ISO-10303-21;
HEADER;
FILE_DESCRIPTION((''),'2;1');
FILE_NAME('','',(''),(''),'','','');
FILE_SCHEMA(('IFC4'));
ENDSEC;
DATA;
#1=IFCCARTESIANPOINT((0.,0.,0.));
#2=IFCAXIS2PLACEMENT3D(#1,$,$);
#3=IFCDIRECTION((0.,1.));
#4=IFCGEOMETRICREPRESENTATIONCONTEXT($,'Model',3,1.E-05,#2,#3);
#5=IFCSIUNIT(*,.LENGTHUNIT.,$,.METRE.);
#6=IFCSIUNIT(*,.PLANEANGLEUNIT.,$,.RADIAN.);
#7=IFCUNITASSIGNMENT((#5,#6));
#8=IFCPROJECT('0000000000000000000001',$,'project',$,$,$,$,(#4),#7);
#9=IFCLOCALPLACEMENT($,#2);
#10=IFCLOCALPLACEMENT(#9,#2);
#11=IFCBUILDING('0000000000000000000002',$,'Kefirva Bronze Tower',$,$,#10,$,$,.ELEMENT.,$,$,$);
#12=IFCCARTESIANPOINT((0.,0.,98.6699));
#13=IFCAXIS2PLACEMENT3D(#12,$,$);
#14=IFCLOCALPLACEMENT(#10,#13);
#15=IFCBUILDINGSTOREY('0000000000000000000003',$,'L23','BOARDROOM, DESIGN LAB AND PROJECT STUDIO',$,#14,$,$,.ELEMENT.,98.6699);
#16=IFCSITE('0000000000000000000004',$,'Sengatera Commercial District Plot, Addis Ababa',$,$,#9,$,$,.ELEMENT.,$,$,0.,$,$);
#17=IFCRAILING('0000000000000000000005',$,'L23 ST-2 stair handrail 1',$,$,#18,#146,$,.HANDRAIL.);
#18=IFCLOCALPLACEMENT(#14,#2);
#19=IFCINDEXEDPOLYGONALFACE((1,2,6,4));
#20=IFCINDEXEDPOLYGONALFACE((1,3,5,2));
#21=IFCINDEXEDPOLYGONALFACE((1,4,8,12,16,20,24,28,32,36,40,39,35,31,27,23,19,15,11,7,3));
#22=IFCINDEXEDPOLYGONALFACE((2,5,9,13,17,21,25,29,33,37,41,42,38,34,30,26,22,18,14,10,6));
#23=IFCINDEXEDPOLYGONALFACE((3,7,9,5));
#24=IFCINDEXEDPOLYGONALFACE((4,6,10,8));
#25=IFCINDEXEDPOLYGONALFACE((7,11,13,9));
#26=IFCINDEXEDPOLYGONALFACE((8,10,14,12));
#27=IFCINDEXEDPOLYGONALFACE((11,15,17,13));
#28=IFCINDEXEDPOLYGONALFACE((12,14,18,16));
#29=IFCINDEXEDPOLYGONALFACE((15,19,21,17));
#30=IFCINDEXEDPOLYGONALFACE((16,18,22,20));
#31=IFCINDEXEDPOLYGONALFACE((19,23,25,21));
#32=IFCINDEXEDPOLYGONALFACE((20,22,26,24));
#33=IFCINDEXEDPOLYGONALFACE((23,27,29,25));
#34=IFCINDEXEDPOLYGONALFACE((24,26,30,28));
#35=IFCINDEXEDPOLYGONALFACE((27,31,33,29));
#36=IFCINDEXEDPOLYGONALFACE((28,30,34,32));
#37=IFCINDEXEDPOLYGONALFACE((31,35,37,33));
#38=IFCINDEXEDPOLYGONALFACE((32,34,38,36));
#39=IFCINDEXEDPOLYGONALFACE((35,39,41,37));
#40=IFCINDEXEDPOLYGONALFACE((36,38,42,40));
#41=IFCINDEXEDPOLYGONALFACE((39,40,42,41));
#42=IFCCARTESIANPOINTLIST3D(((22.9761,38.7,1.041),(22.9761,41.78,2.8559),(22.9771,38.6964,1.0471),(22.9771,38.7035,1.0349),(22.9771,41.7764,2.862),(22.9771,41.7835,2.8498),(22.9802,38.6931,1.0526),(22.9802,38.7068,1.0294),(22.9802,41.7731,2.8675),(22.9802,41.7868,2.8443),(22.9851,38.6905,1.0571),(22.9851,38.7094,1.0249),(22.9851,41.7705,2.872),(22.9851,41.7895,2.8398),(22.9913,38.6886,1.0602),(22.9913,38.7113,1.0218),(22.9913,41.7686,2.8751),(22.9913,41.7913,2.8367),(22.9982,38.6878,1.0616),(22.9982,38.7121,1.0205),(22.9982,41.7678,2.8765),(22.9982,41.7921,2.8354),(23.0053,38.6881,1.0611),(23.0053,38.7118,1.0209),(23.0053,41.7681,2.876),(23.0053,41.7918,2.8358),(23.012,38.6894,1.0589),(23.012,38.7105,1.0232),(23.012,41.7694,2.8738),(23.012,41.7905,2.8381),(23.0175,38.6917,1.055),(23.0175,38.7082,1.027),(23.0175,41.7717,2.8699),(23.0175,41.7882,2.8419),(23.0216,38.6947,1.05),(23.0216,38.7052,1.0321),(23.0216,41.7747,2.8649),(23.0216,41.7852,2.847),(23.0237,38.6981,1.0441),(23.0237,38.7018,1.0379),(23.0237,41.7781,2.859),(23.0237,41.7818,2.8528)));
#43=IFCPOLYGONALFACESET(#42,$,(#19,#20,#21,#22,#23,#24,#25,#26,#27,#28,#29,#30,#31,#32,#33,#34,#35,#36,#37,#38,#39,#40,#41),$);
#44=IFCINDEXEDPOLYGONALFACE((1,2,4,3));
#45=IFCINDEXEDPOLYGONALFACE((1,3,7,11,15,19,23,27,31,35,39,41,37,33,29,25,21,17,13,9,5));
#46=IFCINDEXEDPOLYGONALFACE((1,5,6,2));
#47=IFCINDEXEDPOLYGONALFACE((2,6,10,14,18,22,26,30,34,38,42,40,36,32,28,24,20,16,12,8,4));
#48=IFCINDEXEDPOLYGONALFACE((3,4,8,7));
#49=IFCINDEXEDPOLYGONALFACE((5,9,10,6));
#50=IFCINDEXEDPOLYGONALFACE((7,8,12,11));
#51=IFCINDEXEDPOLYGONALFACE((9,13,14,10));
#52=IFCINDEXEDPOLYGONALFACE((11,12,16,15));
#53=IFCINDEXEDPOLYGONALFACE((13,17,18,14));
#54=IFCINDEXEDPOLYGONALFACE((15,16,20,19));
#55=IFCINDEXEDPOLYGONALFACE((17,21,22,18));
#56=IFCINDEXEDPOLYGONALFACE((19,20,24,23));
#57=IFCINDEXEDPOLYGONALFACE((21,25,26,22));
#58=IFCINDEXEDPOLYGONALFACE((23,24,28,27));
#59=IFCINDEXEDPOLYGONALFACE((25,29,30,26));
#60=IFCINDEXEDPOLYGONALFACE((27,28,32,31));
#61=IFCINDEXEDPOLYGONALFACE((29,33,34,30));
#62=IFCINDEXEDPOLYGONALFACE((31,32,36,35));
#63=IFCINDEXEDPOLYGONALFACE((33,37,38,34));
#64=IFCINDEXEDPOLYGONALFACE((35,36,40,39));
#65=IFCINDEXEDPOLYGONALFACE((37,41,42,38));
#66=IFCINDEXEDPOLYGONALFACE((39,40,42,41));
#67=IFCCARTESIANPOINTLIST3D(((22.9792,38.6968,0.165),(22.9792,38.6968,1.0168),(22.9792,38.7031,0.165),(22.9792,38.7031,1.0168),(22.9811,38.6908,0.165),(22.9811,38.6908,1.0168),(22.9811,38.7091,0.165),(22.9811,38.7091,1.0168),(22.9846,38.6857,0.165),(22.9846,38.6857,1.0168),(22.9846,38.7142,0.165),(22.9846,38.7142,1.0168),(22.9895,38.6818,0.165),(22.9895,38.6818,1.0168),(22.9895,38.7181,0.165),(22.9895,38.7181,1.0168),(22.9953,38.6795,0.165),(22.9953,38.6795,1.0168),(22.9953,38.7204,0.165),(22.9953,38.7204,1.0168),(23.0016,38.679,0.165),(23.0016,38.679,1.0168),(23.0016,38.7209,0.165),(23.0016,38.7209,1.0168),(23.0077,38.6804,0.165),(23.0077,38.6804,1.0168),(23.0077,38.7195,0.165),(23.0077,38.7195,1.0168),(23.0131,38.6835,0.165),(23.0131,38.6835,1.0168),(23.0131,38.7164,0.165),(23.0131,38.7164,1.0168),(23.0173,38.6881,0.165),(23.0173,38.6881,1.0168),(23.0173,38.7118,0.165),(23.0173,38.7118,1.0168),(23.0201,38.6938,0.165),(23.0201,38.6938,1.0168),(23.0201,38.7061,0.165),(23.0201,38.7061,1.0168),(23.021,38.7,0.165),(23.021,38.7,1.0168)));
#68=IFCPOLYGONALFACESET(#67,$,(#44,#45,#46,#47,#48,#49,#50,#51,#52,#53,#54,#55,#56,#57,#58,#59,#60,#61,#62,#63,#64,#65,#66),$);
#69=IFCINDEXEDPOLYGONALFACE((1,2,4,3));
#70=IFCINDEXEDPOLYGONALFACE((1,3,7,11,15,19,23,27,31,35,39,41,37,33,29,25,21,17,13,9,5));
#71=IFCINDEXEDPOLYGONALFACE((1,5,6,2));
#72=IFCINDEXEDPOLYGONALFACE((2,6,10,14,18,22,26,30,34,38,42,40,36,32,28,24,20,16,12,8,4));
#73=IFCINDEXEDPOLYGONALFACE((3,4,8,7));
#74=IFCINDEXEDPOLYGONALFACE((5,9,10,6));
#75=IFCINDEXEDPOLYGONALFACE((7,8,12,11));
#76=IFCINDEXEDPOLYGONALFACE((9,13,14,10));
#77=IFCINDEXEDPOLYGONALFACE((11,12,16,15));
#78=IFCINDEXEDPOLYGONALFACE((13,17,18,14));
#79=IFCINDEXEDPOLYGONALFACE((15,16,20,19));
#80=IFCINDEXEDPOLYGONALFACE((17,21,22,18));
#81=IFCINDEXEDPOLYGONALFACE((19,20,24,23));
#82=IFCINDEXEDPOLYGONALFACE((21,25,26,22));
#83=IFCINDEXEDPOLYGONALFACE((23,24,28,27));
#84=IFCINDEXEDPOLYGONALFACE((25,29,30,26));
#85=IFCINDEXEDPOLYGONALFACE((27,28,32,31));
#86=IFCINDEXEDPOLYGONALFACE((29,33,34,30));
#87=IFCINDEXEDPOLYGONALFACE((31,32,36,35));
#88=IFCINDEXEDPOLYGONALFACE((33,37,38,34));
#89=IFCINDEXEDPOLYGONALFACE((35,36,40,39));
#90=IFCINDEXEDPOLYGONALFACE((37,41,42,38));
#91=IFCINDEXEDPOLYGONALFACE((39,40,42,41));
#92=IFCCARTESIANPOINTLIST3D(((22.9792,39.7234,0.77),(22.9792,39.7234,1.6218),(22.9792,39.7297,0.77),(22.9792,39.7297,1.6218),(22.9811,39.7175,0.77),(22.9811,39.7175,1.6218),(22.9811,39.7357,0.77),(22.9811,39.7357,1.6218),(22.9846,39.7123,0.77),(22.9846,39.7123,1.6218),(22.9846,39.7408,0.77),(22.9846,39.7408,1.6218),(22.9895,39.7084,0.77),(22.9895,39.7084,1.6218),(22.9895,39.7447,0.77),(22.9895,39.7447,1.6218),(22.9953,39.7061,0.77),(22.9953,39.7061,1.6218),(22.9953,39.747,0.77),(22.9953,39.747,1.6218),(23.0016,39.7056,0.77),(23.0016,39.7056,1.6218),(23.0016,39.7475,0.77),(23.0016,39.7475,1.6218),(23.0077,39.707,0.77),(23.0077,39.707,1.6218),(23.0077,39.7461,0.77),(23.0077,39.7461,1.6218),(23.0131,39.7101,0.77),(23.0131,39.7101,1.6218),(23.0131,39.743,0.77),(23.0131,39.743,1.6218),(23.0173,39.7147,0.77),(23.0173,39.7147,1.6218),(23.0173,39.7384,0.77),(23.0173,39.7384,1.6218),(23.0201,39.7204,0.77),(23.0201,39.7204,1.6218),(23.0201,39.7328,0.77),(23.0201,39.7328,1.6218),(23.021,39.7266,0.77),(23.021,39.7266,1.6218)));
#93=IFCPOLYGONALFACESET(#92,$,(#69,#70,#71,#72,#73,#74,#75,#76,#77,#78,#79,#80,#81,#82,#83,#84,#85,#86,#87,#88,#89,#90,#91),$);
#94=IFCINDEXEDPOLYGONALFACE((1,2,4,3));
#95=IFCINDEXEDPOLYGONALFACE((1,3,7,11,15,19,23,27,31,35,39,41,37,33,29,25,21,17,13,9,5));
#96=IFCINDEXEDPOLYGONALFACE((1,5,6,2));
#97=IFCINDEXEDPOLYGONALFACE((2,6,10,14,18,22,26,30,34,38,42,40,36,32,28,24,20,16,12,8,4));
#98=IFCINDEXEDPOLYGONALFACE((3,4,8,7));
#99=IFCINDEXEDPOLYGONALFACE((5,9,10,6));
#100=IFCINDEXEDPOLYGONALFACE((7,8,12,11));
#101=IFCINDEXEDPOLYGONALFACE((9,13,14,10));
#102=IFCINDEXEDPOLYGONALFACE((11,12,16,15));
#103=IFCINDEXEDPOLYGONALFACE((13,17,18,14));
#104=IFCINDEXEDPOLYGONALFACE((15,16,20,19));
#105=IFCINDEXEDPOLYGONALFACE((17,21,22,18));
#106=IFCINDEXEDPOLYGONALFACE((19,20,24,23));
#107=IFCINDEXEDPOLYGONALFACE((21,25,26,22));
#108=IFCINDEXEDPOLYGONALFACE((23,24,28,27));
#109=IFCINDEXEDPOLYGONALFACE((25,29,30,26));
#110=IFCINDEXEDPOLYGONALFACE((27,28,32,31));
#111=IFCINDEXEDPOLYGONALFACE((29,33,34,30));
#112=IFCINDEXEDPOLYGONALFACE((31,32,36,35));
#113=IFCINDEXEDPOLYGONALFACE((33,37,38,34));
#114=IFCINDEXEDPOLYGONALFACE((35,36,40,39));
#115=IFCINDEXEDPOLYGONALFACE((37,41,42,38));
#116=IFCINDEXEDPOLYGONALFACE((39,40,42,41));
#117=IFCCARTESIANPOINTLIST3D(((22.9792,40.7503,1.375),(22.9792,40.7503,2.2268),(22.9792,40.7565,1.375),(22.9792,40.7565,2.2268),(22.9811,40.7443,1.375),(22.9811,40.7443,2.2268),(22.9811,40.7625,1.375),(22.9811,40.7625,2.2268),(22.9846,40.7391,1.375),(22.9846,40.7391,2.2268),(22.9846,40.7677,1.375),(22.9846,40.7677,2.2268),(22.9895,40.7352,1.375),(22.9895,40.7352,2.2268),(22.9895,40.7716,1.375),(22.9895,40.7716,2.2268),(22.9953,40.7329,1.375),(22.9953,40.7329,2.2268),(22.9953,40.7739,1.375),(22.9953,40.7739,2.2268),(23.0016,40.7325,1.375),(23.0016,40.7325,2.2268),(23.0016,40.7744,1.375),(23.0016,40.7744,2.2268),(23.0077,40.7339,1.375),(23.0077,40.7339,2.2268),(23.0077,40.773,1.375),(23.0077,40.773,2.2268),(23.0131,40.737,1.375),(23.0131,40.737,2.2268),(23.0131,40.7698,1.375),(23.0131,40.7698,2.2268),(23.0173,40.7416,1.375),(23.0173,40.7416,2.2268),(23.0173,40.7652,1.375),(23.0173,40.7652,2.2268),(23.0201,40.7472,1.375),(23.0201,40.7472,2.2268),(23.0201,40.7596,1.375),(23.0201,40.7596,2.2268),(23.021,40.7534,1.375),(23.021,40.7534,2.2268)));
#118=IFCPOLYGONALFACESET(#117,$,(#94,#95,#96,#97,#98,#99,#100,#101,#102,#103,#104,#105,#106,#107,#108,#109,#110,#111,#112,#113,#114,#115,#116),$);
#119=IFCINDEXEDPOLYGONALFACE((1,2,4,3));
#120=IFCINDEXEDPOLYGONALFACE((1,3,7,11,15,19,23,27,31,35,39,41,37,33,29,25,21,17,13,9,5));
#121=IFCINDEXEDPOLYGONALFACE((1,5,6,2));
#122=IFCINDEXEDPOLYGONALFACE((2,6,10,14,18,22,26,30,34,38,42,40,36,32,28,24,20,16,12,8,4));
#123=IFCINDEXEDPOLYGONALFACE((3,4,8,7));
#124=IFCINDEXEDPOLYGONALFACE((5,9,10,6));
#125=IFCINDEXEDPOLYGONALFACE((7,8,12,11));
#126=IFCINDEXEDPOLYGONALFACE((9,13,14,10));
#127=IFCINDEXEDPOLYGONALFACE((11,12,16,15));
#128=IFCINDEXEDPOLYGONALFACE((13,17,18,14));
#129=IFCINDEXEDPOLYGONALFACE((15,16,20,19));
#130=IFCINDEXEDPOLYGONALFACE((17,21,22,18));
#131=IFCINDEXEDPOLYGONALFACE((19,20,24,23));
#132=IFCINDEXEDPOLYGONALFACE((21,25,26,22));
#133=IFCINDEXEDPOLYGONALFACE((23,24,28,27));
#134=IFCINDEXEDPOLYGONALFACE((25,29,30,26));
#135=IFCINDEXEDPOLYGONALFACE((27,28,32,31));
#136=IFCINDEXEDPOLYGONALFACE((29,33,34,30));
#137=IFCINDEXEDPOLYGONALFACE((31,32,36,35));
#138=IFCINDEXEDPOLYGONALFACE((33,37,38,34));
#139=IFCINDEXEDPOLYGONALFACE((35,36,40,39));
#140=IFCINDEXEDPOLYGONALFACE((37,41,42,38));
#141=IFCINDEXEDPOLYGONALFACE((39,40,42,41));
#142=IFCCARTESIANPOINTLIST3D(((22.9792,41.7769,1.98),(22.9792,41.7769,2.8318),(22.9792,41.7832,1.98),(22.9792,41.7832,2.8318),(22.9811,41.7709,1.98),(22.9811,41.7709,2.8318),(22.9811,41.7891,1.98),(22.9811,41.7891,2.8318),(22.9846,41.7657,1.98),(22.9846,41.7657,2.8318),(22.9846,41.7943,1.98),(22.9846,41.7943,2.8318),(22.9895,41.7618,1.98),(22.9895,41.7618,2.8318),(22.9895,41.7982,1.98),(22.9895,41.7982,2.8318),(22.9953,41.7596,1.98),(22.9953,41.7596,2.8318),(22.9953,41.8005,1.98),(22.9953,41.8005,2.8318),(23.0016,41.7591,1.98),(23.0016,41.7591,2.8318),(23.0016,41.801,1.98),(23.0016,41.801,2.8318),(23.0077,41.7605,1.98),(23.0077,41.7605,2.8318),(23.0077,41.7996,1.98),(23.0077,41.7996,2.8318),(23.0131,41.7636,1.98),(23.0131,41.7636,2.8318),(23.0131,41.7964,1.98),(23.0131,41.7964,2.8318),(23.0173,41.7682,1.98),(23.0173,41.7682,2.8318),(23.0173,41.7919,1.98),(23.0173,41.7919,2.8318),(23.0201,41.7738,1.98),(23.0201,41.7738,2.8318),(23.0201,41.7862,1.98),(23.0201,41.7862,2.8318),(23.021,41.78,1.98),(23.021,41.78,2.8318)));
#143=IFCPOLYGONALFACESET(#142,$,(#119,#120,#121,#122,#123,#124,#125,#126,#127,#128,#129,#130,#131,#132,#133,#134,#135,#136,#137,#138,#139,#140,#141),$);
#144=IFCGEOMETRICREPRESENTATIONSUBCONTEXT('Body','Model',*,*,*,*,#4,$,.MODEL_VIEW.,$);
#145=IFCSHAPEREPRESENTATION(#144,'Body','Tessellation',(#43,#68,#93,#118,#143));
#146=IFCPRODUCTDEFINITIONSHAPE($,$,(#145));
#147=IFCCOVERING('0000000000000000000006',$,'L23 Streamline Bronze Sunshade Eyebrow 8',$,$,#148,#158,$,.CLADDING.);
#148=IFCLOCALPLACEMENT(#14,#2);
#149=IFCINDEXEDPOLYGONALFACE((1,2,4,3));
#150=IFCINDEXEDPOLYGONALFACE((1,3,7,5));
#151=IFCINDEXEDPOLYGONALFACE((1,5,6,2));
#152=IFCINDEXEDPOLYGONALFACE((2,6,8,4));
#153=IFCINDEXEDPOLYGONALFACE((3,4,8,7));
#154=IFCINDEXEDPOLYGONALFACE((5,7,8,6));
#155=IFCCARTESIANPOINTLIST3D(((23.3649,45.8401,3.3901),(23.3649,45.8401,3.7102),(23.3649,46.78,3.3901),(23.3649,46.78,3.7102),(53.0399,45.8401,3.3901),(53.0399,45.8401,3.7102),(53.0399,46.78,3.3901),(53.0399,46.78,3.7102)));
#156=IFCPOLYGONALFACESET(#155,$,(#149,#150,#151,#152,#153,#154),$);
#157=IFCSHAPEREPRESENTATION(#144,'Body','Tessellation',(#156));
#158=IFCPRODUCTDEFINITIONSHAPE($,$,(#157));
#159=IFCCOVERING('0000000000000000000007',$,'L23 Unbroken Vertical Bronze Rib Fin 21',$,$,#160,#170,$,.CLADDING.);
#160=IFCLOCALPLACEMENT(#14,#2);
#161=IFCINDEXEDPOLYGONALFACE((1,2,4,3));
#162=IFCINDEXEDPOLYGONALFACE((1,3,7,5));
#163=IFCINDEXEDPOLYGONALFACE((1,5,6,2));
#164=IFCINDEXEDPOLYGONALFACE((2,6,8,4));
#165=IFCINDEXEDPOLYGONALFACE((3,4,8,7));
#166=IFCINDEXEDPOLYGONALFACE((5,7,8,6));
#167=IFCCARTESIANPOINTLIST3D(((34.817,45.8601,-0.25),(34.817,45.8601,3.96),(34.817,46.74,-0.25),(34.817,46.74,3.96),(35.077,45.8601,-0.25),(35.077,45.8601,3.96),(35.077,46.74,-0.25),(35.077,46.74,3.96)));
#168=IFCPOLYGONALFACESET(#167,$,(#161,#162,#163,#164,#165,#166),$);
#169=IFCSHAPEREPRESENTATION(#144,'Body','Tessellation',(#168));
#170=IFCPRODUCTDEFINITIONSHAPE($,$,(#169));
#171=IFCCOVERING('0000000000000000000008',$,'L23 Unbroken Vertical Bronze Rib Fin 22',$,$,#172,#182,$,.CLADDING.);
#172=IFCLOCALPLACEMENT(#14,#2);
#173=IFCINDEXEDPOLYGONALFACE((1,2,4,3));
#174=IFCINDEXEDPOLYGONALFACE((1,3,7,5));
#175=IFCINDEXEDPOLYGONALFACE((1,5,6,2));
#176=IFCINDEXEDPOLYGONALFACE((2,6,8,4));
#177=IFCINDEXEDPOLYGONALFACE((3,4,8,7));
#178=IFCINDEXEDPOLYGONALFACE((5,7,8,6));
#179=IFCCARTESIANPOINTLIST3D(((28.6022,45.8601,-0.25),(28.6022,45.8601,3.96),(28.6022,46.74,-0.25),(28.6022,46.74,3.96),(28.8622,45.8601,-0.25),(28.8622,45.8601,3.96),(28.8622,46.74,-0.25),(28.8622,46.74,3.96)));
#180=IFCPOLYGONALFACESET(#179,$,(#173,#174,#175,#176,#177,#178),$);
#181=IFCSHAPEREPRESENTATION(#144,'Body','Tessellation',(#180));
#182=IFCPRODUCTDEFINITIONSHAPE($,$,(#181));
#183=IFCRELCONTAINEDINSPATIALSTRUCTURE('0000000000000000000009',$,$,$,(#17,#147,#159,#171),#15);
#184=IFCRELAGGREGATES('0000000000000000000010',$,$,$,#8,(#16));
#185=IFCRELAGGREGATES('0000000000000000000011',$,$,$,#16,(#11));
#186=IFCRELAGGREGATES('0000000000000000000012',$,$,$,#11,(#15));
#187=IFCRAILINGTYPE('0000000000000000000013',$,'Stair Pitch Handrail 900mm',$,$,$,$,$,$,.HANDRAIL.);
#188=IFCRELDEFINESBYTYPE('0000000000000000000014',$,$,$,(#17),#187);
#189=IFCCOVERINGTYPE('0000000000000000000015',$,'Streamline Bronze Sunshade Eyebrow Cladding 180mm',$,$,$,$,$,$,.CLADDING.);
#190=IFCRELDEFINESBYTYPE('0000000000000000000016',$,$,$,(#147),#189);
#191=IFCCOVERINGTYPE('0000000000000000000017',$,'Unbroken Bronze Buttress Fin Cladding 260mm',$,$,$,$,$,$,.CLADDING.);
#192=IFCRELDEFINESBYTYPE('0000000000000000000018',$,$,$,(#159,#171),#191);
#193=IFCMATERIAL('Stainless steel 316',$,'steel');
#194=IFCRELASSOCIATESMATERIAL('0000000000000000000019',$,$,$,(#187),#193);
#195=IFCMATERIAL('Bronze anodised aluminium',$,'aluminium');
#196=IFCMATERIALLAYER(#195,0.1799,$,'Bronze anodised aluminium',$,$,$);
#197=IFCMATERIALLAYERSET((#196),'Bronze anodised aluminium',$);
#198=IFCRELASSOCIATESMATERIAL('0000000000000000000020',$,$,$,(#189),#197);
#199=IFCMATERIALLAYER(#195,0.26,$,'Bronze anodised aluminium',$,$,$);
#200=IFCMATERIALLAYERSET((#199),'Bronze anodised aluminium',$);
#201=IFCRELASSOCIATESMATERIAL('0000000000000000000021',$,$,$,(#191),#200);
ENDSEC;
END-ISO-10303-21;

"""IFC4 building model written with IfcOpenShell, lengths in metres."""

from ifc_helpers import new_model, si_unit, direction, frame, origin, origin_2d, place, context, subcontext, project, spatial, rectangle, circle, extrude, material, layer, layer_set, type_object, element, save


model = new_model("IFC4")

# Units and contexts
model_context = context("Model", 3, precision=1e-05, world=origin(), true_north=direction((0.0, 1.0)))
body_context = subcontext(model_context, "Body", "Model", "MODEL_VIEW")
ifc_project = project(units=[si_unit("LENGTHUNIT", "METRE"), si_unit("PLANEANGLEUNIT", "RADIAN")], contexts=[model_context])

# Site, building, storey
site_placement = place(None, origin())
site = spatial("IfcSite", under=ifc_project, at=site_placement, Name="Sengatera Commercial District Plot, Addis Ababa", CompositionType="ELEMENT", RefElevation=0.0)
building_placement = place(site_placement, origin())
building = spatial("IfcBuilding", under=site, at=building_placement, Name="Kefirva Bronze Tower", CompositionType="ELEMENT")
storey_placement = place(building_placement, frame((0.0, 0.0, 98.6699)))
storey = spatial("IfcBuildingStorey", under=building, at=storey_placement, Name="L23", Description="BOARDROOM, DESIGN LAB AND PROJECT STUDIO", CompositionType="ELEMENT", Elevation=98.6699)

# Shared definitions
ifc_material_1 = material(Name="Bronze anodised aluminium", Category="aluminium")

# Railing
ifc_material_2 = material(Name="Stainless steel 316", Category="steel")
railing_type_1 = type_object("IfcRailingType", Name="Stair Pitch Handrail 900mm", PredefinedType="HANDRAIL", material=ifc_material_2)
railing_1_placement = place(storey_placement, frame((23.0, 38.7, 0.165)))
element("IfcRailing", 1, at=railing_1_placement, inside=storey, type_object=railing_type_1, Name="L23 ST-2 stair handrail 1", PredefinedType="HANDRAIL", context=body_context, shape_type="SweptSolid", body=[
    extrude(circle(Radius=0.0239, at=origin_2d()), frame((0.0, 0.0, 0.876), z_axis=(0.0, 0.861551, 0.507671), x_axis=(-1.0, 0.0, 0.0)), (0.0, 0.0, 1.0), 3.575),
    extrude(circle(Radius=0.021, at=origin_2d()), origin(), (0.0, 0.0, 1.0), 0.8518),
    extrude(circle(Radius=0.021, at=origin_2d()), frame((0.0, 1.0266, 0.605)), (0.0, 0.0, 1.0), 0.8518),
    extrude(circle(Radius=0.021, at=origin_2d()), frame((0.0, 2.0535, 1.21)), (0.0, 0.0, 1.0), 0.8518),
    extrude(circle(Radius=0.021, at=origin_2d()), frame((0.0, 3.0801, 1.8149)), (0.0, 0.0, 1.0), 0.8518),
])

# Coverings
ifc_layer_1 = layer(ifc_material_1, 0.1799, Name="Bronze anodised aluminium")
ifc_layer_set_1 = layer_set([ifc_layer_1], Name="Bronze anodised aluminium")
covering_type_1 = type_object("IfcCoveringType", Name="Streamline Bronze Sunshade Eyebrow Cladding 180mm", PredefinedType="CLADDING", material=ifc_layer_set_1)
covering_1_placement = place(storey_placement, frame((38.2024, 46.3101, 3.3901), z_axis=(0.0, 0.0, 1.0), x_axis=(-1.0, 0.0, 0.0)))
element("IfcCovering", 2, at=covering_1_placement, inside=storey, type_object=covering_type_1, Name="L23 Streamline Bronze Sunshade Eyebrow 8", PredefinedType="CLADDING", context=body_context, shape_type="SweptSolid", body=[
    extrude(rectangle(XDim=29.675, YDim=0.9399, at=origin_2d()), origin(), (0.0, 0.0, 1.0), 0.3201),
])
ifc_layer_2 = layer(ifc_material_1, 0.26, Name="Bronze anodised aluminium")
ifc_layer_set_2 = layer_set([ifc_layer_2], Name="Bronze anodised aluminium")
covering_type_2 = type_object("IfcCoveringType", Name="Unbroken Bronze Buttress Fin Cladding 260mm", PredefinedType="CLADDING", material=ifc_layer_set_2)
for number, where, z_axis, x_axis, name in (
    (3, (34.947, 46.3, -0.25), (0.0, 0.0, 1.0), (-1.0, 0.0, 0.0), "L23 Unbroken Vertical Bronze Rib Fin 21"),
    (4, (28.7322, 46.3, -0.25), (0.0, 0.0, 1.0), (-1.0, 0.0, 0.0), "L23 Unbroken Vertical Bronze Rib Fin 22"),
):
    element("IfcCovering", number, at=place(storey_placement, frame(where, z_axis=z_axis, x_axis=x_axis)), inside=storey, type_object=covering_type_2, Name=name, PredefinedType="CLADDING", context=body_context, shape_type="SweptSolid", body=[
        extrude(rectangle(XDim=0.26, YDim=0.8799, at=origin_2d()), origin(), (0.0, 0.0, 1.0), 4.21),
    ])

save(model, "model.ifc")
